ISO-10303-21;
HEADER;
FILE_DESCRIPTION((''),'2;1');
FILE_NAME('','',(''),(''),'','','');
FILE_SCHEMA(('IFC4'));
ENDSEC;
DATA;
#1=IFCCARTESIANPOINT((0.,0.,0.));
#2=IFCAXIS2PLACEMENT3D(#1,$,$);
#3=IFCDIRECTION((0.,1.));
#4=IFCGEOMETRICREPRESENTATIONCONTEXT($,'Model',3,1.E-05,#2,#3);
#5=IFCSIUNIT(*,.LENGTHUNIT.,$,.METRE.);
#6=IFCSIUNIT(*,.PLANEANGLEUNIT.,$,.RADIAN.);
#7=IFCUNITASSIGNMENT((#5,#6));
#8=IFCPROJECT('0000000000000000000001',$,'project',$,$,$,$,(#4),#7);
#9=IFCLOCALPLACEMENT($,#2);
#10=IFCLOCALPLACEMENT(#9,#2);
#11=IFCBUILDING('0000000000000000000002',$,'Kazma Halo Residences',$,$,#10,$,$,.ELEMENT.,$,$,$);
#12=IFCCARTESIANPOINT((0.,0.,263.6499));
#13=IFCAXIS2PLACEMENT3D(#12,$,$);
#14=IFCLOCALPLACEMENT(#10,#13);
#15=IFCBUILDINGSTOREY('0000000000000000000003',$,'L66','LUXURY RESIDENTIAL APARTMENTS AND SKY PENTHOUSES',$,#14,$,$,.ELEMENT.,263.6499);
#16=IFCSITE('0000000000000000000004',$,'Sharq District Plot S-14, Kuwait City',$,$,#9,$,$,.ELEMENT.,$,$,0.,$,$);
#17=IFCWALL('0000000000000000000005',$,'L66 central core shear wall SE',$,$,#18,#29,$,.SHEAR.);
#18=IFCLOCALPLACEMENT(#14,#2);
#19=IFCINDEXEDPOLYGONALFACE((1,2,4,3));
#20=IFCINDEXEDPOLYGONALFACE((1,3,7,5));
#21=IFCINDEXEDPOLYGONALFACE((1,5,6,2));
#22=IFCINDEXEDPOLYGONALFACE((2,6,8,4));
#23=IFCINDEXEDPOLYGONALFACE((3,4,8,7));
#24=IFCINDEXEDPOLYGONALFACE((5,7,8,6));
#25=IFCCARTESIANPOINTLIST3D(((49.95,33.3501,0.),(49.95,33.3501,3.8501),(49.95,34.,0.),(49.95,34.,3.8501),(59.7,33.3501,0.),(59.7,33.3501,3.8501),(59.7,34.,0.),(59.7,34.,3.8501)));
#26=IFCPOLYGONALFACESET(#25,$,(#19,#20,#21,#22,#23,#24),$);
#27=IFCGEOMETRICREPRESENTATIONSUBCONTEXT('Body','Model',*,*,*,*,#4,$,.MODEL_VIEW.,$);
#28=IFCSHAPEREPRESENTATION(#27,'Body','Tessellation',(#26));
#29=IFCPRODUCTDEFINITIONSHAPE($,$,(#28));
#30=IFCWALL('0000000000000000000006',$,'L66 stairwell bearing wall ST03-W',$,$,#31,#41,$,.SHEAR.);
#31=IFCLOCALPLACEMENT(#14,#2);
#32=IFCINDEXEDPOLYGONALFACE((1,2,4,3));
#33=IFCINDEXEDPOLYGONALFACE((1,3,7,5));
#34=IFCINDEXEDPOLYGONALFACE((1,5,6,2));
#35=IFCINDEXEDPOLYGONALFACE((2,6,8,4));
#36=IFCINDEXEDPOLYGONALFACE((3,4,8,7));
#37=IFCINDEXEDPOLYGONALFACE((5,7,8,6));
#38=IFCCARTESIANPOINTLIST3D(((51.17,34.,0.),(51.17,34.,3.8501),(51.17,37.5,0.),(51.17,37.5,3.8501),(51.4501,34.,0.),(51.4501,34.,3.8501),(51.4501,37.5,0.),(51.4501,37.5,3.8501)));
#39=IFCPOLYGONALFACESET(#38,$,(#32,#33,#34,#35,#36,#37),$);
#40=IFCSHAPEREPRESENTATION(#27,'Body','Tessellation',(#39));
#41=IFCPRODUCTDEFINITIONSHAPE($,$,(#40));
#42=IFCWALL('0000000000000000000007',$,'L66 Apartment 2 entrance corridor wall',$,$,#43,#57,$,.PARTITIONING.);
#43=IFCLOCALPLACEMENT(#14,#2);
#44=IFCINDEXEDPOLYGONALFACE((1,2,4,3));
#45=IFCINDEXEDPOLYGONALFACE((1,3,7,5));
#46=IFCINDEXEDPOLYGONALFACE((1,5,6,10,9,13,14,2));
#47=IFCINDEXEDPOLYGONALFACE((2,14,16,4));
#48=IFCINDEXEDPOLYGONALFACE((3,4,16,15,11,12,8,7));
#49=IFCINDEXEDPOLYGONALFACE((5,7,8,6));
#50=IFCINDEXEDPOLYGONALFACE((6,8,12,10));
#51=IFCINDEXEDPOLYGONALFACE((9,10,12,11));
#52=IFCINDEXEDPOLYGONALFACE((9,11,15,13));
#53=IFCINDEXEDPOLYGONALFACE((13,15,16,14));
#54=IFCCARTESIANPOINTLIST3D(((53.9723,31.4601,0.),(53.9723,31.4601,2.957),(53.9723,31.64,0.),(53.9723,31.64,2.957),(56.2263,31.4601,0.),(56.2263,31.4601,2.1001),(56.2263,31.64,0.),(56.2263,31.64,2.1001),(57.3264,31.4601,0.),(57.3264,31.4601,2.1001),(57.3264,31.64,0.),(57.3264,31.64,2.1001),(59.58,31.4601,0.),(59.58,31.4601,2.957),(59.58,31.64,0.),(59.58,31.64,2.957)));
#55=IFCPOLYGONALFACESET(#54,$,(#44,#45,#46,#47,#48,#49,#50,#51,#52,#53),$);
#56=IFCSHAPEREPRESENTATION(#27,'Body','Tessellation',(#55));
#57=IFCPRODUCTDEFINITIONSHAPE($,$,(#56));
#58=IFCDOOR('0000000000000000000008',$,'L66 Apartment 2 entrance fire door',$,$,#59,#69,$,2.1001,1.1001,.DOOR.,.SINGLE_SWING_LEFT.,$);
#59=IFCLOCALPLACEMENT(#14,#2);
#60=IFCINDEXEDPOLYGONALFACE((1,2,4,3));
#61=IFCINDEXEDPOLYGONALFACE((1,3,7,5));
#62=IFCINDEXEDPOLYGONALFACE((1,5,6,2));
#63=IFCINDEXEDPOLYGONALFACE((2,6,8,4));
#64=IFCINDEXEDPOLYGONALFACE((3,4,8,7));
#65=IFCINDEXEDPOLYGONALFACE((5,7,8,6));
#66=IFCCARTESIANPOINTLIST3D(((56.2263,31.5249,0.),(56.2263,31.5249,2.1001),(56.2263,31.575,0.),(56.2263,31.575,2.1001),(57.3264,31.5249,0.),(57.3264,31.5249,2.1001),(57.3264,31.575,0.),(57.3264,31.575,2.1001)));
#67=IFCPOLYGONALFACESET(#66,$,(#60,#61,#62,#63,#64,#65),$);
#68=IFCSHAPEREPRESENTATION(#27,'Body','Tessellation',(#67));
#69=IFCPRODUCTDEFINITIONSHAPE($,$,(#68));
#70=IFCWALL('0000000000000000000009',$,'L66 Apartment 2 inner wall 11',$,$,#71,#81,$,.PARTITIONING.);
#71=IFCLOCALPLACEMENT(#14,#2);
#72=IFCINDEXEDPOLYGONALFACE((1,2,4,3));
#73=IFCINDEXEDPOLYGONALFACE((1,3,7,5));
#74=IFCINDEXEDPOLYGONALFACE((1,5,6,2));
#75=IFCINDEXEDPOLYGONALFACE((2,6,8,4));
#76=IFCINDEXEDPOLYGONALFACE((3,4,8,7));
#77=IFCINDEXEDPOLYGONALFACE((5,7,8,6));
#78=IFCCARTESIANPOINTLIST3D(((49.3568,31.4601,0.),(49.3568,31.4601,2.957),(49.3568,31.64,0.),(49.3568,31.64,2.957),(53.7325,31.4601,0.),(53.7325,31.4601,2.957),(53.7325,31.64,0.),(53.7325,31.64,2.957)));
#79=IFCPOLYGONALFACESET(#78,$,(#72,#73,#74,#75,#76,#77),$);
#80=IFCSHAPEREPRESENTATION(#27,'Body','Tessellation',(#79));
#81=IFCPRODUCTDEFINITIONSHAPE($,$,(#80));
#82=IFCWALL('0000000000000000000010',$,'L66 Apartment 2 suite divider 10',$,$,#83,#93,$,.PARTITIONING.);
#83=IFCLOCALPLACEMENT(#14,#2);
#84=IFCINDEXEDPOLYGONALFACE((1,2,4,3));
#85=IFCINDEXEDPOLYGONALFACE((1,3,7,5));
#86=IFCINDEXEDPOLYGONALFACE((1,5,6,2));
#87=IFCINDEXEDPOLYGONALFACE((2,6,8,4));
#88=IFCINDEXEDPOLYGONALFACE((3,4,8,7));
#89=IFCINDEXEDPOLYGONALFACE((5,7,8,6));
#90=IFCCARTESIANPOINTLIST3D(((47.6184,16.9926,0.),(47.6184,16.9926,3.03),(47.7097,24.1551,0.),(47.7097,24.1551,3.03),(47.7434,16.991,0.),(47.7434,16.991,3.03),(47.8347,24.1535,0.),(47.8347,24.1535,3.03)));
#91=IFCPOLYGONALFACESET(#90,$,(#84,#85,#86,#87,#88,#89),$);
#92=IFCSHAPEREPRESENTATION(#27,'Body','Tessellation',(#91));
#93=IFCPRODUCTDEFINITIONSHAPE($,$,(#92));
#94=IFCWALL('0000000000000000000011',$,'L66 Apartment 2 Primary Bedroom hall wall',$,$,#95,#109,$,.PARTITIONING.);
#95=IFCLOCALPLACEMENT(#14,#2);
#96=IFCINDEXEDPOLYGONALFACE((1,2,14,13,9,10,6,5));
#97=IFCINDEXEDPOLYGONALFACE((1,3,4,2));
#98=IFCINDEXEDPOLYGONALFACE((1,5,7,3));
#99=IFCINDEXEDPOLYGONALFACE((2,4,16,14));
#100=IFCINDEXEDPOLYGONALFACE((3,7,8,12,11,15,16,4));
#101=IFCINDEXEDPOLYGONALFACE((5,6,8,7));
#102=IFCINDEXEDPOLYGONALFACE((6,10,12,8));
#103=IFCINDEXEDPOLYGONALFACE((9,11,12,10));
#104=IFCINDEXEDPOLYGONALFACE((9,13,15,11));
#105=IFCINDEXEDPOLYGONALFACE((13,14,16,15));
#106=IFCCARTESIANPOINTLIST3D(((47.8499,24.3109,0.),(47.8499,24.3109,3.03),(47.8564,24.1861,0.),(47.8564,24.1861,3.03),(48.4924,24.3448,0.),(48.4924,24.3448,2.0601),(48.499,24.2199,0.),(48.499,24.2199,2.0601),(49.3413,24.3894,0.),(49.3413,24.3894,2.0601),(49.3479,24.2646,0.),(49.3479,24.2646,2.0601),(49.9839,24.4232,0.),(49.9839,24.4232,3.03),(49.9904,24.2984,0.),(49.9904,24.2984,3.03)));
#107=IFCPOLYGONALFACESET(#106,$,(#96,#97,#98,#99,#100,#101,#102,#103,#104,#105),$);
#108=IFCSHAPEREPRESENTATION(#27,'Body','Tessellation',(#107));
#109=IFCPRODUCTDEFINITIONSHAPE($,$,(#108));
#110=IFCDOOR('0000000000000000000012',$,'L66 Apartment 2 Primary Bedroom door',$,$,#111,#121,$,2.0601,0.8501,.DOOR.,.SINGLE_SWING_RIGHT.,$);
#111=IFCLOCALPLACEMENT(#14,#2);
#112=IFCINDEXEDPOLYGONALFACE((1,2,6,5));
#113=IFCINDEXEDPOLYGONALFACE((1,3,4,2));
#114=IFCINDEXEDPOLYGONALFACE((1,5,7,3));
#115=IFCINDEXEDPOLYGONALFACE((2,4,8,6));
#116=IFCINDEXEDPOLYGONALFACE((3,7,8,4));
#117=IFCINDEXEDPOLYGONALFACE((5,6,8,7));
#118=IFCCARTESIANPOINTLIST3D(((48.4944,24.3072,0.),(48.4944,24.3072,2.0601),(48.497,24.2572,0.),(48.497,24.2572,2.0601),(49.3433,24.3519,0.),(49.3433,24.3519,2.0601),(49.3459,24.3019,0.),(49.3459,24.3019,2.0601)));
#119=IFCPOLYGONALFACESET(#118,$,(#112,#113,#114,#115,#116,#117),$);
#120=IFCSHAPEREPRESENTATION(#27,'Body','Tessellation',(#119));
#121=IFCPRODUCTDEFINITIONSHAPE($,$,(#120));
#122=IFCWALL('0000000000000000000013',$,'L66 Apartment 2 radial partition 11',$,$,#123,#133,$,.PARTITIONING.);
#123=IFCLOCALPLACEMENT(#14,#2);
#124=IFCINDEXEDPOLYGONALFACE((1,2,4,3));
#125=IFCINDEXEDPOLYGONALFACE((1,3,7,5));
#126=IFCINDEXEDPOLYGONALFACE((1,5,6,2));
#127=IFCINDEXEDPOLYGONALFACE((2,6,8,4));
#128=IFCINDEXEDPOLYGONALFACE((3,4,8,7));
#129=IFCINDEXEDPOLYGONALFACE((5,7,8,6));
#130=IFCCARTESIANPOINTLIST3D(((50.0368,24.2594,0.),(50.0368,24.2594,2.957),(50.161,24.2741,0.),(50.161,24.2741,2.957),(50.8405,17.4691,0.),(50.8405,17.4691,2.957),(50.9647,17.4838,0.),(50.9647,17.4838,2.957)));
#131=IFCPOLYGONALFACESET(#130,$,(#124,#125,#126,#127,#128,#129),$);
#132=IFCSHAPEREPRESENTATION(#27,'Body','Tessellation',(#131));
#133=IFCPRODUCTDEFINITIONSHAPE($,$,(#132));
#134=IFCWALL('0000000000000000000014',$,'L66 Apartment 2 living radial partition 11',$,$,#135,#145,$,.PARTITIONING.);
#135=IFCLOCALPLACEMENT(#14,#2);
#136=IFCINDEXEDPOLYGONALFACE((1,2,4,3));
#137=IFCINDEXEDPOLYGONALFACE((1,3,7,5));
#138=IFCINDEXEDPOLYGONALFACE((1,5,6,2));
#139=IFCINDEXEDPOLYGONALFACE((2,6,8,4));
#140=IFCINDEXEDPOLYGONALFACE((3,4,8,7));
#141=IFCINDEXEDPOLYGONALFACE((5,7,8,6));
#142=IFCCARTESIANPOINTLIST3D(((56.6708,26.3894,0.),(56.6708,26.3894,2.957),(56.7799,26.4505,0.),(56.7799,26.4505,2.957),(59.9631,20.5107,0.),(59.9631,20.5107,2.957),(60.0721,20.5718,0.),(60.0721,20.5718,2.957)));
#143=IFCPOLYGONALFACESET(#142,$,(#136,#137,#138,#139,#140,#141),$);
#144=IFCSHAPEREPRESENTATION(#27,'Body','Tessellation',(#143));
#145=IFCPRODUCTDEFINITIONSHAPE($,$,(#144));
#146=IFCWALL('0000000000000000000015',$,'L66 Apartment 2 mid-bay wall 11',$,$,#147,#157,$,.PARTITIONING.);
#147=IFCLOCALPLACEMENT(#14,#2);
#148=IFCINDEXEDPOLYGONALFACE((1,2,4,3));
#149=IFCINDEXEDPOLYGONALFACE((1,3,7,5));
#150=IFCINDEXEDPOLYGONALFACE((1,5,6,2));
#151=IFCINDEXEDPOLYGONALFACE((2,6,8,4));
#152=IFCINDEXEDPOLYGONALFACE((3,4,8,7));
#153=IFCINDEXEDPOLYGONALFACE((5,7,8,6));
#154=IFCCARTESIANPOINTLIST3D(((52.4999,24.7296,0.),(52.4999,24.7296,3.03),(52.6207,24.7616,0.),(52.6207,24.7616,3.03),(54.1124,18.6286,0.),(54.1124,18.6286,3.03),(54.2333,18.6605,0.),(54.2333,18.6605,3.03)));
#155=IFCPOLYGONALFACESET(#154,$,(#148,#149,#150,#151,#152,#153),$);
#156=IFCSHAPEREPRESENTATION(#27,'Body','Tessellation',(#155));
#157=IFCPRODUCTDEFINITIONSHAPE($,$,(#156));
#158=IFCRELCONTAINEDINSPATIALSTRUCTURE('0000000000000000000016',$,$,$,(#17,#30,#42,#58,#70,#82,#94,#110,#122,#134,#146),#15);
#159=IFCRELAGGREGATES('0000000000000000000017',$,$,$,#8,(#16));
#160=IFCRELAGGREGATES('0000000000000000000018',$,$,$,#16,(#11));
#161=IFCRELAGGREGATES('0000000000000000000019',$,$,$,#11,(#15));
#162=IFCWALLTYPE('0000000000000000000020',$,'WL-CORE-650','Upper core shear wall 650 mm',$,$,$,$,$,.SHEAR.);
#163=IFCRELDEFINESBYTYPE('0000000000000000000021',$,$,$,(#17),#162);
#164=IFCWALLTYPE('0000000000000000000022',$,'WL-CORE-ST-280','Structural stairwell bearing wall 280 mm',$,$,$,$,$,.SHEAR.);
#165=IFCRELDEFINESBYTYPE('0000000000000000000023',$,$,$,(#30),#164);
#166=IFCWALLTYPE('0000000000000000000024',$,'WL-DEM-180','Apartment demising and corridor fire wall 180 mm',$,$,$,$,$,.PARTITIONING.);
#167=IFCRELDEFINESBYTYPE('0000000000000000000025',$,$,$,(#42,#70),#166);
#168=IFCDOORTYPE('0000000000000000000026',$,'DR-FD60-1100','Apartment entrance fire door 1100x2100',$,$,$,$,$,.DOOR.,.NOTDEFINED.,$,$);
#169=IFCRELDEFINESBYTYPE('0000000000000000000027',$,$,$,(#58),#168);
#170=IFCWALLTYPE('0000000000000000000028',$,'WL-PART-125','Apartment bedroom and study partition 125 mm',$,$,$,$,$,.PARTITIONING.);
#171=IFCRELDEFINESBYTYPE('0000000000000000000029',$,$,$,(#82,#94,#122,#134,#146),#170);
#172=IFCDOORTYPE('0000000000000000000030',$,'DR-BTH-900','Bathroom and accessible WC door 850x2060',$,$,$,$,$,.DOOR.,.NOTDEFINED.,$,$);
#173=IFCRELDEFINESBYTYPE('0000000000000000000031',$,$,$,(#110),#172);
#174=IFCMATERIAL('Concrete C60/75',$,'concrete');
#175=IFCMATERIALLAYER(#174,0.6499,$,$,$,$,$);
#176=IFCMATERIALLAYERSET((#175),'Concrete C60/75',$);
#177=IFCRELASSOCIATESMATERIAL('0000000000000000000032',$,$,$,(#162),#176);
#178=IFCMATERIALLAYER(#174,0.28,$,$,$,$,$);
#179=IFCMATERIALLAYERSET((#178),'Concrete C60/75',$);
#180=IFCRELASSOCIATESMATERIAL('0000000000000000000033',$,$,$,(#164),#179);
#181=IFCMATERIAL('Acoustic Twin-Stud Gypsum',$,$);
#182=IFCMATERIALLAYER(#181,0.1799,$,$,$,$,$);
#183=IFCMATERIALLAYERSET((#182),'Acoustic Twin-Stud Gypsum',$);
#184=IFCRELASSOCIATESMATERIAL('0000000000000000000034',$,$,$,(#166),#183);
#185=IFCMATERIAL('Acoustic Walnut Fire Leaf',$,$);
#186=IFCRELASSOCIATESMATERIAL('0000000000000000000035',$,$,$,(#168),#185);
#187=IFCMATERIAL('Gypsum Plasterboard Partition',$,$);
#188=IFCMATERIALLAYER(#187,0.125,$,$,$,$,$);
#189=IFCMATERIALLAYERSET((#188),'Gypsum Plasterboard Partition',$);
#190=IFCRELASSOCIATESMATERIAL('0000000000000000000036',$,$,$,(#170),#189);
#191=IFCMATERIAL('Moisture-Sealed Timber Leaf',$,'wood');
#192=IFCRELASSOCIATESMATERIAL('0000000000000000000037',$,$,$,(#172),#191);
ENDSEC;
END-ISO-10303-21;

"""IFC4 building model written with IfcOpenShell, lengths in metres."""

from ifc_helpers import new_model, si_unit, direction, frame, frame_2d, origin, place, context, subcontext, project, spatial, rectangle, extrude, material, layer, layer_set, type_object, element, fill, save


model = new_model("IFC4")

# Units and contexts
model_context = context("Model", 3, precision=1e-05, world=origin(), true_north=direction((0.0, 1.0)))
body_context = subcontext(model_context, "Body", "Model", "MODEL_VIEW")
ifc_project = project(units=[si_unit("LENGTHUNIT", "METRE"), si_unit("PLANEANGLEUNIT", "RADIAN")], contexts=[model_context])

# Site, building, storey
site_placement = place(None, origin())
site = spatial("IfcSite", under=ifc_project, at=site_placement, Name="Sharq District Plot S-14, Kuwait City", CompositionType="ELEMENT", RefElevation=0.0)
building_placement = place(site_placement, origin())
building = spatial("IfcBuilding", under=site, at=building_placement, Name="Kazma Halo Residences", CompositionType="ELEMENT")
storey_placement = place(building_placement, frame((0.0, 0.0, 263.6499)))
storey = spatial("IfcBuildingStorey", under=building, at=storey_placement, Name="L66", Description="LUXURY RESIDENTIAL APARTMENTS AND SKY PENTHOUSES", CompositionType="ELEMENT", Elevation=263.6499)

# Shared definitions
ifc_material_1 = material(Name="Concrete C60/75", Category="concrete")

# Walls
ifc_layer_1 = layer(ifc_material_1, 0.6499)
ifc_layer_set_1 = layer_set([ifc_layer_1], Name="Concrete C60/75")
wall_type_1 = type_object("IfcWallType", Name="WL-CORE-650", Description="Upper core shear wall 650 mm", PredefinedType="SHEAR", material=ifc_layer_set_1)
wall_1_placement = place(storey_placement, frame((49.95, 33.675, 0.0), z_axis=(0.0, 0.0, 1.0), x_axis=(1.0, 0.0, 0.0)))
element("IfcWall", 1, at=wall_1_placement, inside=storey, type_object=wall_type_1, Name="L66 central core shear wall SE", PredefinedType="SHEAR", context=body_context, shape_type="SweptSolid", body=[
    extrude(rectangle(XDim=9.75, YDim=0.6499, at=frame_2d((4.875, 0.0))), origin(), (0.0, 0.0, 1.0), 3.8501),
])
ifc_layer_2 = layer(ifc_material_1, 0.28)
ifc_layer_set_2 = layer_set([ifc_layer_2], Name="Concrete C60/75")
wall_type_2 = type_object("IfcWallType", Name="WL-CORE-ST-280", Description="Structural stairwell bearing wall 280 mm", PredefinedType="SHEAR", material=ifc_layer_set_2)
wall_2_placement = place(storey_placement, frame((51.3101, 34.0, 0.0), z_axis=(0.0, 0.0, 1.0), x_axis=(0.0, 1.0, 0.0)))
element("IfcWall", 2, at=wall_2_placement, inside=storey, type_object=wall_type_2, Name="L66 stairwell bearing wall ST03-W", PredefinedType="SHEAR", context=body_context, shape_type="SweptSolid", body=[
    extrude(rectangle(XDim=3.5, YDim=0.28, at=frame_2d((1.75, 0.0))), origin(), (0.0, 0.0, 1.0), 3.8501),
])

# Wall, opening, door
ifc_material_2 = material(Name="Acoustic Twin-Stud Gypsum")
ifc_layer_3 = layer(ifc_material_2, 0.1799)
ifc_layer_set_3 = layer_set([ifc_layer_3], Name="Acoustic Twin-Stud Gypsum")
wall_type_3 = type_object("IfcWallType", Name="WL-DEM-180", Description="Apartment demising and corridor fire wall 180 mm", PredefinedType="PARTITIONING", material=ifc_layer_set_3)
wall_3_placement = place(storey_placement, frame((53.9724, 31.55, 0.0), z_axis=(0.0, 0.0, 1.0), x_axis=(1.0, 0.0, 0.0)))
wall_3 = element("IfcWall", 3, at=wall_3_placement, inside=storey, type_object=wall_type_3, Name="L66 Apartment 2 entrance corridor wall", PredefinedType="PARTITIONING", context=body_context, shape_type="SweptSolid", body=[
    extrude(rectangle(XDim=5.6077, YDim=0.1799, at=frame_2d((2.8037, 0.0))), origin(), (0.0, 0.0, 1.0), 2.957),
])
opening_1_placement = place(wall_3_placement, frame((2.2539, 0.0, 0.0)))
opening_1 = element("IfcOpeningElement", 4, at=opening_1_placement, cuts=wall_3, PredefinedType="OPENING", context=body_context, shape_type="SweptSolid", body=[
    extrude(rectangle(XDim=1.1001, YDim=2.1001, at=frame_2d((0.55, 1.05))), frame((0.0, 0.0999, 0.0), z_axis=(0.0, -1.0, 0.0), x_axis=(1.0, 0.0, 0.0)), (0.0, 0.0, 1.0), 0.2),
])
ifc_material_3 = material(Name="Acoustic Walnut Fire Leaf")
door_type_1 = type_object("IfcDoorType", Name="DR-FD60-1100", Description="Apartment entrance fire door 1100x2100", OperationType="NOTDEFINED", PredefinedType="DOOR", material=ifc_material_3)
door_1_placement = place(opening_1_placement, origin())
door_1 = element("IfcDoor", 5, at=door_1_placement, inside=storey, type_object=door_type_1, Name="L66 Apartment 2 entrance fire door", OperationType="SINGLE_SWING_LEFT", OverallHeight=2.1001, OverallWidth=1.1001, PredefinedType="DOOR", context=body_context, shape_type="SweptSolid", body=[
    extrude(rectangle(XDim=1.1001, YDim=2.1001, at=frame_2d((0.55, 1.05))), frame((0.0, 0.0249, 0.0), z_axis=(0.0, -1.0, 0.0), x_axis=(1.0, 0.0, 0.0)), (0.0, 0.0, 1.0), 0.05),
])
fill(opening_1, door_1)

# Wall
wall_4_placement = place(storey_placement, frame((49.3567, 31.55, 0.0), z_axis=(0.0, 0.0, 1.0), x_axis=(1.0, 0.0, 0.0)))
element("IfcWall", 6, at=wall_4_placement, inside=storey, type_object=wall_type_3, Name="L66 Apartment 2 inner wall 11", PredefinedType="PARTITIONING", context=body_context, shape_type="SweptSolid", body=[
    extrude(rectangle(XDim=4.3757, YDim=0.1799, at=frame_2d((2.188, 0.0))), origin(), (0.0, 0.0, 1.0), 2.957),
])

# Wall
ifc_material_4 = material(Name="Gypsum Plasterboard Partition")
ifc_layer_4 = layer(ifc_material_4, 0.125)
ifc_layer_set_4 = layer_set([ifc_layer_4], Name="Gypsum Plasterboard Partition")
wall_type_4 = type_object("IfcWallType", Name="WL-PART-125", Description="Apartment bedroom and study partition 125 mm", PredefinedType="PARTITIONING", material=ifc_layer_set_4)
wall_5_placement = place(storey_placement, frame((47.7722, 24.1543, 0.0), z_axis=(0.0, 0.0, 1.0), x_axis=(-0.012747, -0.999919, 0.0)))
element("IfcWall", 7, at=wall_5_placement, inside=storey, type_object=wall_type_4, Name="L66 Apartment 2 suite divider 10", PredefinedType="PARTITIONING", context=body_context, shape_type="SweptSolid", body=[
    extrude(rectangle(XDim=7.1631, YDim=0.125, at=frame_2d((3.5815, 0.0))), origin(), (0.0, 0.0, 1.0), 3.03),
])

# Wall, opening, door
wall_6_placement = place(storey_placement, frame((47.8533, 24.2485, 0.0), z_axis=(0.0, 0.0, 1.0), x_axis=(0.998618, 0.052553, 0.0)))
wall_6 = element("IfcWall", 8, at=wall_6_placement, inside=storey, type_object=wall_type_4, Name="L66 Apartment 2 Primary Bedroom hall wall", PredefinedType="PARTITIONING", context=body_context, shape_type="SweptSolid", body=[
    extrude(rectangle(XDim=2.137, YDim=0.125, at=frame_2d((1.0684, 0.0))), origin(), (0.0, 0.0, 1.0), 3.03),
])
opening_2_placement = place(wall_6_placement, frame((0.6433, 0.0, 0.0)))
opening_2 = element("IfcOpeningElement", 9, at=opening_2_placement, cuts=wall_6, PredefinedType="OPENING", context=body_context, shape_type="SweptSolid", body=[
    extrude(rectangle(XDim=0.8501, YDim=2.0601, at=frame_2d((0.425, 1.03))), frame((0.0, 0.0725, 0.0), z_axis=(0.0, -1.0, 0.0), x_axis=(1.0, 0.0, 0.0)), (0.0, 0.0, 1.0), 0.145),
])
ifc_material_5 = material(Name="Moisture-Sealed Timber Leaf", Category="wood")
door_type_2 = type_object("IfcDoorType", Name="DR-BTH-900", Description="Bathroom and accessible WC door 850x2060", OperationType="NOTDEFINED", PredefinedType="DOOR", material=ifc_material_5)
door_2_placement = place(opening_2_placement, origin())
door_2 = element("IfcDoor", 10, at=door_2_placement, inside=storey, type_object=door_type_2, Name="L66 Apartment 2 Primary Bedroom door", OperationType="SINGLE_SWING_RIGHT", OverallHeight=2.0601, OverallWidth=0.8501, PredefinedType="DOOR", context=body_context, shape_type="SweptSolid", body=[
    extrude(rectangle(XDim=0.8501, YDim=2.0601, at=frame_2d((0.425, 1.03))), frame((0.0, 0.0249, 0.0), z_axis=(0.0, -1.0, 0.0), x_axis=(1.0, 0.0, 0.0)), (0.0, 0.0, 1.0), 0.05),
])
fill(opening_2, door_2)

# Walls
wall_7_placement = place(storey_placement, frame((50.0989, 24.2668, 0.0), z_axis=(0.0, 0.0, 1.0), x_axis=(0.117541, -0.993068, 0.0)))
element("IfcWall", 11, at=wall_7_placement, inside=storey, type_object=wall_type_4, Name="L66 Apartment 2 radial partition 11", PredefinedType="PARTITIONING", context=body_context, shape_type="SweptSolid", body=[
    extrude(rectangle(XDim=6.8376, YDim=0.125, at=frame_2d((3.4189, 0.0))), origin(), (0.0, 0.0, 1.0), 2.957),
])
wall_8_placement = place(storey_placement, frame((56.7253, 26.4199, 0.0), z_axis=(0.0, 0.0, 1.0), x_axis=(0.488624, -0.872494, 0.0)))
element("IfcWall", 12, at=wall_8_placement, inside=storey, type_object=wall_type_4, Name="L66 Apartment 2 living radial partition 11", PredefinedType="PARTITIONING", context=body_context, shape_type="SweptSolid", body=[
    extrude(rectangle(XDim=6.7378, YDim=0.125, at=frame_2d((3.3689, 0.0))), origin(), (0.0, 0.0, 1.0), 2.957),
])
wall_9_placement = place(storey_placement, frame((52.5603, 24.7456, 0.0), z_axis=(0.0, 0.0, 1.0), x_axis=(0.255531, -0.966801, 0.0)))
element("IfcWall", 13, at=wall_9_placement, inside=storey, type_object=wall_type_4, Name="L66 Apartment 2 mid-bay wall 11", PredefinedType="PARTITIONING", context=body_context, shape_type="SweptSolid", body=[
    extrude(rectangle(XDim=6.3105, YDim=0.125, at=frame_2d((3.1553, 0.0))), origin(), (0.0, 0.0, 1.0), 3.03),
])

save(model, "model.ifc")
